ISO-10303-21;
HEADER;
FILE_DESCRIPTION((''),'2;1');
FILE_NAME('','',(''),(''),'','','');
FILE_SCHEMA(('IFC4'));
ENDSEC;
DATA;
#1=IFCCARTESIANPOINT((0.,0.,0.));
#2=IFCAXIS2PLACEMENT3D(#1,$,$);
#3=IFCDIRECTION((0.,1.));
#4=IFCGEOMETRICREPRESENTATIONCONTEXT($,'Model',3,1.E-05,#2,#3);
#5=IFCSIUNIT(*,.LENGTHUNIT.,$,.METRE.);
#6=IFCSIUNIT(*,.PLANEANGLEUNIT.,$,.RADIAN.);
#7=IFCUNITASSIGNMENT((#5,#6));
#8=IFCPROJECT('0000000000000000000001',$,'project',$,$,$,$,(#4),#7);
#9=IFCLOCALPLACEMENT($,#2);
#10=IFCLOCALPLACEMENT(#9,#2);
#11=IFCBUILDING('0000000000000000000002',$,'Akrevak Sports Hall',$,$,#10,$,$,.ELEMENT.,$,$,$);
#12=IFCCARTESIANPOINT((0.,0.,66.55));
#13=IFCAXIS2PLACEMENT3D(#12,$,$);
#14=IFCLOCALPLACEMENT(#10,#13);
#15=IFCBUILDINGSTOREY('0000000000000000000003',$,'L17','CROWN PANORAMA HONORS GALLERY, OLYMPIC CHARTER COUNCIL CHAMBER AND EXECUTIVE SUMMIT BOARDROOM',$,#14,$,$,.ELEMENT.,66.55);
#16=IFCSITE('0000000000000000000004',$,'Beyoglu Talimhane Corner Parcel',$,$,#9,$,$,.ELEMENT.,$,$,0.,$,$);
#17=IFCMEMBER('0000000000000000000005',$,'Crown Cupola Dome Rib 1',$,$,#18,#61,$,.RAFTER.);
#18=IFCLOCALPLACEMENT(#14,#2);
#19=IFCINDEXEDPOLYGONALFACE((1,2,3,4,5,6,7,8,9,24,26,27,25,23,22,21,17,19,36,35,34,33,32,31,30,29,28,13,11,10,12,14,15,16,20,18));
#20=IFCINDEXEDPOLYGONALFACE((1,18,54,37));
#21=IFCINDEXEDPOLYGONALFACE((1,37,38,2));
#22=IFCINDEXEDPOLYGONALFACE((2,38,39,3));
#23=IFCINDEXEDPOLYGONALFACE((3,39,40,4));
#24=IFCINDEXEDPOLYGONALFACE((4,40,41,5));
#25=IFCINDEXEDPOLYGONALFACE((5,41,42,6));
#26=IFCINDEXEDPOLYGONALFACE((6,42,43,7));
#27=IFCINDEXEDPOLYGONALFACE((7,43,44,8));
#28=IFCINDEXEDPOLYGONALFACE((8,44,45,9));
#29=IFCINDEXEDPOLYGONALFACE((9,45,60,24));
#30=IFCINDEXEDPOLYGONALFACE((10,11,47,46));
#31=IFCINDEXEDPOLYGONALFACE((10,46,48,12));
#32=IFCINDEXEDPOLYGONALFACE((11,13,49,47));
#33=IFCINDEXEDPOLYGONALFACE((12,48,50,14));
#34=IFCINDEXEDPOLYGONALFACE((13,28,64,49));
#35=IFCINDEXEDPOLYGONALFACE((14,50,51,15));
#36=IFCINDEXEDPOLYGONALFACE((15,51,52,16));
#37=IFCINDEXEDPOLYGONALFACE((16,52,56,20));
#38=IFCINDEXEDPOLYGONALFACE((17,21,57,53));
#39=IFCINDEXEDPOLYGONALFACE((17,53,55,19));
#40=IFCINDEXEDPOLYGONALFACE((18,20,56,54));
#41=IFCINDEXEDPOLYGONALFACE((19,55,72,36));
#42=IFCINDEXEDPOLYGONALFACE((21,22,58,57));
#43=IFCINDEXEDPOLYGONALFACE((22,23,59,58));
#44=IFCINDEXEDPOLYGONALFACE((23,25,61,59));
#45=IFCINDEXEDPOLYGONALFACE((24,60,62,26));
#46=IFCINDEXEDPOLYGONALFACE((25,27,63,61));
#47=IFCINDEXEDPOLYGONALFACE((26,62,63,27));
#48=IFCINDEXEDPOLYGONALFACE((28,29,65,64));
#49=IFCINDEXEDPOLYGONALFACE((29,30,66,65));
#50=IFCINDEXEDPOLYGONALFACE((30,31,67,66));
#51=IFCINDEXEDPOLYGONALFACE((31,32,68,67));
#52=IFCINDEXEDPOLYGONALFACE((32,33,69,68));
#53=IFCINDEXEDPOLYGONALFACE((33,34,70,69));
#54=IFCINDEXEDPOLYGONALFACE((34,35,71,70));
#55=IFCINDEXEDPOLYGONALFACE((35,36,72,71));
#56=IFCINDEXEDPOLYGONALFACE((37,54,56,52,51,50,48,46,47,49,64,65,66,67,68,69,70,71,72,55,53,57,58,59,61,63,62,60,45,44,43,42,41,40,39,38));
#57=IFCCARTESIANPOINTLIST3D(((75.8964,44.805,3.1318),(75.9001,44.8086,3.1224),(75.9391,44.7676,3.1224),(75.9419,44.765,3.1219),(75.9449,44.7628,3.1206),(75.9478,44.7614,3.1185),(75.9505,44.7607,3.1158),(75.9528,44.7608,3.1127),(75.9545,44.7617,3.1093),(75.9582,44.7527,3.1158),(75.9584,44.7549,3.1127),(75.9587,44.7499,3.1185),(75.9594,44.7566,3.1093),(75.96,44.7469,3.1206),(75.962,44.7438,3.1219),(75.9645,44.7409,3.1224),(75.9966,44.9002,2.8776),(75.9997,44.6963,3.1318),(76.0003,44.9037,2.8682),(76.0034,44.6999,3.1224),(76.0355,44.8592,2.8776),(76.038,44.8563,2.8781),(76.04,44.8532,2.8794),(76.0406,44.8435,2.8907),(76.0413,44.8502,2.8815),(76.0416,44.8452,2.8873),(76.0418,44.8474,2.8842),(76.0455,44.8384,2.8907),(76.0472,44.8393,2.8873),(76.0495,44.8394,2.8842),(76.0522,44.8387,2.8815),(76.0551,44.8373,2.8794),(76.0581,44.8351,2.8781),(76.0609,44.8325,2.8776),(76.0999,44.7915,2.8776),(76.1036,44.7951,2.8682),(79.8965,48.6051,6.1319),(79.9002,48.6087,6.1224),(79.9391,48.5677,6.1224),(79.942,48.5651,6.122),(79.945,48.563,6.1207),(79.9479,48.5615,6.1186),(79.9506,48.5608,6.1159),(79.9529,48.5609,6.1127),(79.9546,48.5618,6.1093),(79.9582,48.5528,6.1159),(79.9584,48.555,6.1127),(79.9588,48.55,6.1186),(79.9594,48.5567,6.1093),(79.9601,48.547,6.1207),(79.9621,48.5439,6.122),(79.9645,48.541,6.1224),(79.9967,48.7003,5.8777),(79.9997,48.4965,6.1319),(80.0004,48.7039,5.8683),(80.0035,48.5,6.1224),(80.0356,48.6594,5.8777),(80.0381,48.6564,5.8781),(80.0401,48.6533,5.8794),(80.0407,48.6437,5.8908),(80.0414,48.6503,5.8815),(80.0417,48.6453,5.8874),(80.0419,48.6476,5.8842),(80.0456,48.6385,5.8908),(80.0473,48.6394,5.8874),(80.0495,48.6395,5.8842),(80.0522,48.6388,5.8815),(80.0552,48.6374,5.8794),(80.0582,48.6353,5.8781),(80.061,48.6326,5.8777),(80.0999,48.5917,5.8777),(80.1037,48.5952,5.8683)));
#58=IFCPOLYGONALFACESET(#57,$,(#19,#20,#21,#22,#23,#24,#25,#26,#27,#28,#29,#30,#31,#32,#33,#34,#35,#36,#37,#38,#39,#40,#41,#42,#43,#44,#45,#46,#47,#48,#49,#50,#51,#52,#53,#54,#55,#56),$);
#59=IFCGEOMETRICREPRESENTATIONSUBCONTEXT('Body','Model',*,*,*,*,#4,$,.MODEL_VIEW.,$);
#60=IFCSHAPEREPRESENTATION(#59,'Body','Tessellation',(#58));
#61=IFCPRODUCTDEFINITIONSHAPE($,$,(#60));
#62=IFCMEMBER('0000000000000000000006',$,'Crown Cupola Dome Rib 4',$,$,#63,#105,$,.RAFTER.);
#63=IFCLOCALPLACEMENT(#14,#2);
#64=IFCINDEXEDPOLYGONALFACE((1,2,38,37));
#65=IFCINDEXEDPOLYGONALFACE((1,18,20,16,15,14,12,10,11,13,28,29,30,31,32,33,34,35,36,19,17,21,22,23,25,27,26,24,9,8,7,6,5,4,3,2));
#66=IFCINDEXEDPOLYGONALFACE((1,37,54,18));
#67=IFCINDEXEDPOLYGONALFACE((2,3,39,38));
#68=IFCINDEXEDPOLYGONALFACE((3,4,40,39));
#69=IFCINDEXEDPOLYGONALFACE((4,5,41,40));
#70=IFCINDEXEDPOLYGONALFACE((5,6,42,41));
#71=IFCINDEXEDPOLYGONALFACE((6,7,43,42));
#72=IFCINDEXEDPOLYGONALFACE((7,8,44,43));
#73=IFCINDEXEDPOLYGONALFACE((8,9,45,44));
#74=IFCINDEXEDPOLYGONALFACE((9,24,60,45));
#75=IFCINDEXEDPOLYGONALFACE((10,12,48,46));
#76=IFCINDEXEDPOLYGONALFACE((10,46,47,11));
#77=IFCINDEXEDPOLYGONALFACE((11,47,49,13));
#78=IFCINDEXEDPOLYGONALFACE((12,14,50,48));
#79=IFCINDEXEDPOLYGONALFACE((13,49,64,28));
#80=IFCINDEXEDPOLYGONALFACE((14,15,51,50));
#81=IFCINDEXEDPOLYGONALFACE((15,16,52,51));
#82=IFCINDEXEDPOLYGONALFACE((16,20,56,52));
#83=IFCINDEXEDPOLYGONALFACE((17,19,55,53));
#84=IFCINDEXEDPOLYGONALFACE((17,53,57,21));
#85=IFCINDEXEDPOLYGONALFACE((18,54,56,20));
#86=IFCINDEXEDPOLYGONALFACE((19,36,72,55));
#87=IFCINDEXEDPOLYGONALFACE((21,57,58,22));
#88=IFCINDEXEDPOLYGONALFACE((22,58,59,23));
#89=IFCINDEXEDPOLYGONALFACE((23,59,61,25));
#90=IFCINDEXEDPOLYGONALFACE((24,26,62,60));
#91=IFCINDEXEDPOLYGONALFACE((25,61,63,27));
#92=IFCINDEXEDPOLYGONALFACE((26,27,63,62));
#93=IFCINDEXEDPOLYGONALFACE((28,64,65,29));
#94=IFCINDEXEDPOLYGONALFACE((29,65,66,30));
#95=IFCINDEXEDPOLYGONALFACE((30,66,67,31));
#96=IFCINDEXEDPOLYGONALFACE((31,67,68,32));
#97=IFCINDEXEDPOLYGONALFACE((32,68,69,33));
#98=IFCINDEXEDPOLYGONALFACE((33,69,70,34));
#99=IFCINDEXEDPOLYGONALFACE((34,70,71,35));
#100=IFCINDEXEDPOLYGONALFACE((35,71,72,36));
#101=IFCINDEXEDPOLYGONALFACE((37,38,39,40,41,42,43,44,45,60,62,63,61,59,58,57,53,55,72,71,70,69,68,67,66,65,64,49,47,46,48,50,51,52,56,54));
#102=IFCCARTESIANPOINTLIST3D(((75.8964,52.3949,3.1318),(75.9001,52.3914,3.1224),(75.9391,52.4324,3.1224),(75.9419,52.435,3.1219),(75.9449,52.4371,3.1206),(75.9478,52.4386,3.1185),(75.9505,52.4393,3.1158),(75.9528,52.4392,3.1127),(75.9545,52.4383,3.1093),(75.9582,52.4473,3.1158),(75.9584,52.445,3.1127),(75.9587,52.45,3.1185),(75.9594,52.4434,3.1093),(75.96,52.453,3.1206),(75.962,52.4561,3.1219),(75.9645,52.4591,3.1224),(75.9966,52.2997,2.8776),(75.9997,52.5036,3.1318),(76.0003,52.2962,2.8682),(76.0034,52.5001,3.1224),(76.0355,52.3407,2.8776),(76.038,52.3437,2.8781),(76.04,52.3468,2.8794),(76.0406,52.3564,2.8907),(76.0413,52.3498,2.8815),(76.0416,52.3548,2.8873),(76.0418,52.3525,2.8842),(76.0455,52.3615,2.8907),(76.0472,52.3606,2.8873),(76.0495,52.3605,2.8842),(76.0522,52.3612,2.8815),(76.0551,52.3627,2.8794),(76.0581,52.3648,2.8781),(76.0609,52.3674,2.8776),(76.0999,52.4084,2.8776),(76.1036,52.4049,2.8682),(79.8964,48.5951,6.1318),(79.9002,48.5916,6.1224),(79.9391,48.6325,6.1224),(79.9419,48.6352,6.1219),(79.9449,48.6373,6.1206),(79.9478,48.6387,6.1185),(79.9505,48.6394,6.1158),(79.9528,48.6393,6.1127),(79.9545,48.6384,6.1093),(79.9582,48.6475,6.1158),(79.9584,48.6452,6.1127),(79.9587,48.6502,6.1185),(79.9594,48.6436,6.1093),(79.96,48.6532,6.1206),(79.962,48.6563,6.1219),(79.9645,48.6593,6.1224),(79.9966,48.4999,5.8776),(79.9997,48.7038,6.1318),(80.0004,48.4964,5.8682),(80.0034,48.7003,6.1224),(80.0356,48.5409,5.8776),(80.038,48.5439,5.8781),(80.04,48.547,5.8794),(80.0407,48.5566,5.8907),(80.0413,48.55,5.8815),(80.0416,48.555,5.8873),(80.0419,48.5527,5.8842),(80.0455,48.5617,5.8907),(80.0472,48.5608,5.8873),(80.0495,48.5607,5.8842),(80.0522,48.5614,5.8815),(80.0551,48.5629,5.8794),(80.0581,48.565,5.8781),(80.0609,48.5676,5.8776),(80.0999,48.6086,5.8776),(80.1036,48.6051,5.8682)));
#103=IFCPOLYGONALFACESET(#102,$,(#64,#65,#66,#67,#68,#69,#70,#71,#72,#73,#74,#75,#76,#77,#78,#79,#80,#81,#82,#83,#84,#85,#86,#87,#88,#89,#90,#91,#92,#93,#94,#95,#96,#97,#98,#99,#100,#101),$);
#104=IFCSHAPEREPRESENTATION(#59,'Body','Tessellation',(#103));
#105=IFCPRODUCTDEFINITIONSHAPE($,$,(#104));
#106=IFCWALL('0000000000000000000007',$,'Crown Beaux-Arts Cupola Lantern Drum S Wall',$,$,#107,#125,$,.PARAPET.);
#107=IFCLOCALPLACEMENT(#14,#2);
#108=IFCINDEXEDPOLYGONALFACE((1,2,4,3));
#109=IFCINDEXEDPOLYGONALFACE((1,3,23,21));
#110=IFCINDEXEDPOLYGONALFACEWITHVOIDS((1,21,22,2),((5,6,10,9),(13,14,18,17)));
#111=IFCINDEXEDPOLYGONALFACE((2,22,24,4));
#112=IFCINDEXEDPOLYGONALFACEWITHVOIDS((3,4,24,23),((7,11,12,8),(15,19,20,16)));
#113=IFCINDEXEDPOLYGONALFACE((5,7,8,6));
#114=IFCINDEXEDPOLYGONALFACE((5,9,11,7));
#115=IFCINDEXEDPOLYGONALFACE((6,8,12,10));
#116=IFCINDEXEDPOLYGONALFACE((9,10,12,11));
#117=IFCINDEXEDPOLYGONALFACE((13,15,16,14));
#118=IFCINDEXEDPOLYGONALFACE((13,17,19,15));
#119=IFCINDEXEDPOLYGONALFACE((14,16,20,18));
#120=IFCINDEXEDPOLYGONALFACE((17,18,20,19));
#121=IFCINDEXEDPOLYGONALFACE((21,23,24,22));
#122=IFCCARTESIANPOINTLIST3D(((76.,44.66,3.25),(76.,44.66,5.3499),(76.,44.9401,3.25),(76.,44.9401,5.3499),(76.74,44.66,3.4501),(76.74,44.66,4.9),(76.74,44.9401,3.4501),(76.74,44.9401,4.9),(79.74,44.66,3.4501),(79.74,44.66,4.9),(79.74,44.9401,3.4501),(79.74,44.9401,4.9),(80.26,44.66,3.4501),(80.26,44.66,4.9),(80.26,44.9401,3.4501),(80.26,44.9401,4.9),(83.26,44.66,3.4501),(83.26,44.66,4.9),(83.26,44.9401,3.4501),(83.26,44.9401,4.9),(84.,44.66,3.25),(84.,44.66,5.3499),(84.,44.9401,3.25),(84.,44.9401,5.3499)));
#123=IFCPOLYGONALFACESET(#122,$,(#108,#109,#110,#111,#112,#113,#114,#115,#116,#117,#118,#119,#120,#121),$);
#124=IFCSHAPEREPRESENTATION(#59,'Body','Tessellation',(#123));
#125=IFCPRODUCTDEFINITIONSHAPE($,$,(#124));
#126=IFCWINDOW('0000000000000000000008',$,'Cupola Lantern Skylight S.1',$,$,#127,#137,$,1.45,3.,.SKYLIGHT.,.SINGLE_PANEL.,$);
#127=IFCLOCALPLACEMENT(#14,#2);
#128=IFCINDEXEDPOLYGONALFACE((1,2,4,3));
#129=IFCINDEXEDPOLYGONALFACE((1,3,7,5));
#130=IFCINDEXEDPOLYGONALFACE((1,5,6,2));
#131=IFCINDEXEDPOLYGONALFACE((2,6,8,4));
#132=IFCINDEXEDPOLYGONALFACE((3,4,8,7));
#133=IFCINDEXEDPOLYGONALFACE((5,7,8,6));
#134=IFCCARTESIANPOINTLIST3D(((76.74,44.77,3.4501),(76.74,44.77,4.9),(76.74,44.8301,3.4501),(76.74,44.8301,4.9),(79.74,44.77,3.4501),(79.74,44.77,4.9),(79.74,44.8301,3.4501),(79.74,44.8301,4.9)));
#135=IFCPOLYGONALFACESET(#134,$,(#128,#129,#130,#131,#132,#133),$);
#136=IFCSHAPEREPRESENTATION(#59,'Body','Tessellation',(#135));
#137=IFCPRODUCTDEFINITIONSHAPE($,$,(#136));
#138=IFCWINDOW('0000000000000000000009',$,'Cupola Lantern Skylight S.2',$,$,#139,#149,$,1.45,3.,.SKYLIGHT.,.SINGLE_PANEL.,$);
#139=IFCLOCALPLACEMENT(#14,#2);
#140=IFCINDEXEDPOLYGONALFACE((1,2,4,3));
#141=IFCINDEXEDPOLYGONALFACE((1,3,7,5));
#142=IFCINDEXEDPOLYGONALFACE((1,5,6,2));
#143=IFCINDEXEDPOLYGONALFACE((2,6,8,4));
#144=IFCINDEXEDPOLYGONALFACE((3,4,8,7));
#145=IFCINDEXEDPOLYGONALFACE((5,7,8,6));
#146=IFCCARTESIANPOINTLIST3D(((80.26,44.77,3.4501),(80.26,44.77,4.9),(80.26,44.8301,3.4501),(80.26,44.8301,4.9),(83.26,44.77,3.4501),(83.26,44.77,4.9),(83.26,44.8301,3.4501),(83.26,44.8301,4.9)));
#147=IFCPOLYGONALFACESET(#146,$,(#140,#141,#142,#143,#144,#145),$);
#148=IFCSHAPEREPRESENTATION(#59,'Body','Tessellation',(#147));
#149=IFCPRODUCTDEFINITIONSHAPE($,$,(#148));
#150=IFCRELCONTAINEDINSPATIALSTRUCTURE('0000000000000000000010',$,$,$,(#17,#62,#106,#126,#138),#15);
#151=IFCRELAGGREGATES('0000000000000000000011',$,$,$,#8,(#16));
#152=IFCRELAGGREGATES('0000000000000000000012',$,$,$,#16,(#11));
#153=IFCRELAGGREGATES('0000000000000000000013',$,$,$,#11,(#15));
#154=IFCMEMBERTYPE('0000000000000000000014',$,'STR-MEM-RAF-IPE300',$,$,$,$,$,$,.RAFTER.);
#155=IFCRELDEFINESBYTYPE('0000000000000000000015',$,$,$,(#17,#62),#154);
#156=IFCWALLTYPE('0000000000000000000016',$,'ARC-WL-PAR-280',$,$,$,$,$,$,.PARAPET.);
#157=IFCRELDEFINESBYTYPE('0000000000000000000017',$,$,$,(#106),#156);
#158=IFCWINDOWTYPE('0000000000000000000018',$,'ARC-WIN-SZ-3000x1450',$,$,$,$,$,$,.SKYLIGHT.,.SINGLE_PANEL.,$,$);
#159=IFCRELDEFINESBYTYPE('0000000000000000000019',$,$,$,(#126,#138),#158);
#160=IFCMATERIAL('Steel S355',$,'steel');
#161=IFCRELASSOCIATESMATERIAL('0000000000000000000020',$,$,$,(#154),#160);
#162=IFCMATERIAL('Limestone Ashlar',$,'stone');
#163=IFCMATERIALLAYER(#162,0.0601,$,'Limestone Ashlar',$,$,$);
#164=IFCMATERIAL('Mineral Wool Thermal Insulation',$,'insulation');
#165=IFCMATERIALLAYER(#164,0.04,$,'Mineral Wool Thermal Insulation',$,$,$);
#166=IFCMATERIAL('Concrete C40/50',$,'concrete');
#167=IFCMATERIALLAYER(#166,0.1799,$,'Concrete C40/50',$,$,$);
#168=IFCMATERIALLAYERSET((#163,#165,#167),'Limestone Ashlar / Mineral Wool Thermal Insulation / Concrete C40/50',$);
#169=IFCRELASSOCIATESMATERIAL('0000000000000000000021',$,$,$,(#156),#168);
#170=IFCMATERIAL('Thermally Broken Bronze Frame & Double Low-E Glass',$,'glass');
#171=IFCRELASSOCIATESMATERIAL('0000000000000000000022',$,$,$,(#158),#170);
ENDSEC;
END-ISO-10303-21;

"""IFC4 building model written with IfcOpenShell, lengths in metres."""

from ifc_helpers import new_model, si_unit, direction, frame, frame_2d, origin, origin_2d, place, context, subcontext, project, spatial, rectangle, i_section, extrude, material, layer, layer_set, material_profile, profile_set, type_object, element, fill, save


model = new_model("IFC4")

# Units and contexts
model_context = context("Model", 3, precision=1e-05, world=origin(), true_north=direction((0.0, 1.0)))
body_context = subcontext(model_context, "Body", "Model", "MODEL_VIEW")
ifc_project = project(units=[si_unit("LENGTHUNIT", "METRE"), si_unit("PLANEANGLEUNIT", "RADIAN")], contexts=[model_context])

# Site, building, storey
site_placement = place(None, origin())
site = spatial("IfcSite", under=ifc_project, at=site_placement, Name="Beyoglu Talimhane Corner Parcel", CompositionType="ELEMENT", RefElevation=0.0)
building_placement = place(site_placement, origin())
building = spatial("IfcBuilding", under=site, at=building_placement, Name="Akrevak Sports Hall", CompositionType="ELEMENT")
storey_placement = place(building_placement, frame((0.0, 0.0, 66.55)))
storey = spatial("IfcBuildingStorey", under=building, at=storey_placement, Name="L17", Description="CROWN PANORAMA HONORS GALLERY, OLYMPIC CHARTER COUNCIL CHAMBER AND EXECUTIVE SUMMIT BOARDROOM", CompositionType="ELEMENT", Elevation=66.55)

# Shared definitions
ifc_material_1 = material(Name="Concrete C40/50", Category="concrete")

# Members
ifc_material_2 = material(Name="Steel S355", Category="steel")
ifc_material_profile_1 = material_profile(ifc_material_2, i_section(OverallWidth=0.1499, OverallDepth=0.3, WebThickness=0.0071, FlangeThickness=0.0107, FilletRadius=0.0149, at=origin_2d()), Name="IPE 300", Category="steel")
ifc_profile_set_1 = profile_set([ifc_material_profile_1], Name="Steel S355")
member_type_1 = type_object("IfcMemberType", Name="STR-MEM-RAF-IPE300", PredefinedType="RAFTER", material=ifc_profile_set_1)
member_1_placement = place(storey_placement, frame((76.0, 44.8, 3.0), z_axis=(0.636927, 0.605088, 0.477695), x_axis=(-0.688754, 0.724995, 0.0)))
element("IfcMember", 1, at=member_1_placement, inside=storey, type_object=member_type_1, Name="Crown Cupola Dome Rib 1", PredefinedType="RAFTER", context=body_context, shape_type="SweptSolid", body=[
    extrude(i_section(OverallWidth=0.1499, OverallDepth=0.3, WebThickness=0.0071, FlangeThickness=0.0107, FilletRadius=0.0149, at=origin_2d()), origin(), (0.0, 0.0, 1.0), 6.2803),
])
member_2_placement = place(storey_placement, frame((76.0, 52.3999, 3.0), z_axis=(0.636942, -0.605064, 0.477706), x_axis=(0.688731, 0.725017, 0.0)))
element("IfcMember", 2, at=member_2_placement, inside=storey, type_object=member_type_1, Name="Crown Cupola Dome Rib 4", PredefinedType="RAFTER", context=body_context, shape_type="SweptSolid", body=[
    extrude(i_section(OverallWidth=0.1499, OverallDepth=0.3, WebThickness=0.0071, FlangeThickness=0.0107, FilletRadius=0.0149, at=origin_2d()), origin(), (0.0, 0.0, 1.0), 6.28),
])

# Wall, openings, windows
ifc_material_3 = material(Name="Limestone Ashlar", Category="stone")
ifc_layer_1 = layer(ifc_material_3, 0.0601, Name="Limestone Ashlar")
ifc_material_4 = material(Name="Mineral Wool Thermal Insulation", Category="insulation")
ifc_layer_2 = layer(ifc_material_4, 0.04, Name="Mineral Wool Thermal Insulation")
ifc_layer_3 = layer(ifc_material_1, 0.1799, Name="Concrete C40/50")
ifc_layer_set_1 = layer_set([ifc_layer_1, ifc_layer_2, ifc_layer_3], Name="Limestone Ashlar / Mineral Wool Thermal Insulation / Concrete C40/50")
wall_type_1 = type_object("IfcWallType", Name="ARC-WL-PAR-280", PredefinedType="PARAPET", material=ifc_layer_set_1)
wall_1_placement = place(storey_placement, frame((76.0, 44.8, 3.25), z_axis=(0.0, 0.0, 1.0), x_axis=(1.0, 0.0, 0.0)))
wall_1 = element("IfcWall", 3, at=wall_1_placement, inside=storey, type_object=wall_type_1, Name="Crown Beaux-Arts Cupola Lantern Drum S Wall", PredefinedType="PARAPET", context=body_context, shape_type="SweptSolid", body=[
    extrude(rectangle(XDim=8.0, YDim=0.28, at=frame_2d((4.0, 0.0))), origin(), (0.0, 0.0, 1.0), 2.0999),
])
opening_1_placement = place(wall_1_placement, frame((0.74, 0.0, 0.2)))
opening_1 = element("IfcOpeningElement", 4, at=opening_1_placement, cuts=wall_1, PredefinedType="OPENING", context=body_context, shape_type="SweptSolid", body=[
    extrude(rectangle(XDim=3.0, YDim=1.45, at=frame_2d((1.5, 0.7251))), frame((0.0, 0.1519, 0.0), z_axis=(0.0, -1.0, 0.0), x_axis=(1.0, 0.0, 0.0)), (0.0, 0.0, 1.0), 0.304),
])
opening_2_placement = place(wall_1_placement, frame((4.26, 0.0, 0.2)))
opening_2 = element("IfcOpeningElement", 5, at=opening_2_placement, cuts=wall_1, PredefinedType="OPENING", context=body_context, shape_type="SweptSolid", body=[
    extrude(rectangle(XDim=3.0, YDim=1.45, at=frame_2d((1.5, 0.7251))), frame((0.0, 0.1519, 0.0), z_axis=(0.0, -1.0, 0.0), x_axis=(1.0, 0.0, 0.0)), (0.0, 0.0, 1.0), 0.304),
])
ifc_material_5 = material(Name="Thermally Broken Bronze Frame & Double Low-E Glass", Category="glass")
window_type_1 = type_object("IfcWindowType", Name="ARC-WIN-SZ-3000x1450", PartitioningType="SINGLE_PANEL", PredefinedType="SKYLIGHT", material=ifc_material_5)
window_1_placement = place(opening_1_placement, origin())
window_1 = element("IfcWindow", 6, at=window_1_placement, inside=storey, type_object=window_type_1, Name="Cupola Lantern Skylight S.1", OverallHeight=1.45, OverallWidth=3.0, PartitioningType="SINGLE_PANEL", PredefinedType="SKYLIGHT", context=body_context, shape_type="SweptSolid", body=[
    extrude(rectangle(XDim=3.0, YDim=1.45, at=frame_2d((1.5, 0.7251))), frame((0.0, 0.03, 0.0), z_axis=(0.0, -1.0, 0.0), x_axis=(1.0, 0.0, 0.0)), (0.0, 0.0, 1.0), 0.0601),
])
fill(opening_1, window_1)
window_2_placement = place(opening_2_placement, origin())
window_2 = element("IfcWindow", 7, at=window_2_placement, inside=storey, type_object=window_type_1, Name="Cupola Lantern Skylight S.2", OverallHeight=1.45, OverallWidth=3.0, PartitioningType="SINGLE_PANEL", PredefinedType="SKYLIGHT", context=body_context, shape_type="SweptSolid", body=[
    extrude(rectangle(XDim=3.0, YDim=1.45, at=frame_2d((1.5, 0.7251))), frame((0.0, 0.03, 0.0), z_axis=(0.0, -1.0, 0.0), x_axis=(1.0, 0.0, 0.0)), (0.0, 0.0, 1.0), 0.0601),
])
fill(opening_2, window_2)

save(model, "model.ifc")
